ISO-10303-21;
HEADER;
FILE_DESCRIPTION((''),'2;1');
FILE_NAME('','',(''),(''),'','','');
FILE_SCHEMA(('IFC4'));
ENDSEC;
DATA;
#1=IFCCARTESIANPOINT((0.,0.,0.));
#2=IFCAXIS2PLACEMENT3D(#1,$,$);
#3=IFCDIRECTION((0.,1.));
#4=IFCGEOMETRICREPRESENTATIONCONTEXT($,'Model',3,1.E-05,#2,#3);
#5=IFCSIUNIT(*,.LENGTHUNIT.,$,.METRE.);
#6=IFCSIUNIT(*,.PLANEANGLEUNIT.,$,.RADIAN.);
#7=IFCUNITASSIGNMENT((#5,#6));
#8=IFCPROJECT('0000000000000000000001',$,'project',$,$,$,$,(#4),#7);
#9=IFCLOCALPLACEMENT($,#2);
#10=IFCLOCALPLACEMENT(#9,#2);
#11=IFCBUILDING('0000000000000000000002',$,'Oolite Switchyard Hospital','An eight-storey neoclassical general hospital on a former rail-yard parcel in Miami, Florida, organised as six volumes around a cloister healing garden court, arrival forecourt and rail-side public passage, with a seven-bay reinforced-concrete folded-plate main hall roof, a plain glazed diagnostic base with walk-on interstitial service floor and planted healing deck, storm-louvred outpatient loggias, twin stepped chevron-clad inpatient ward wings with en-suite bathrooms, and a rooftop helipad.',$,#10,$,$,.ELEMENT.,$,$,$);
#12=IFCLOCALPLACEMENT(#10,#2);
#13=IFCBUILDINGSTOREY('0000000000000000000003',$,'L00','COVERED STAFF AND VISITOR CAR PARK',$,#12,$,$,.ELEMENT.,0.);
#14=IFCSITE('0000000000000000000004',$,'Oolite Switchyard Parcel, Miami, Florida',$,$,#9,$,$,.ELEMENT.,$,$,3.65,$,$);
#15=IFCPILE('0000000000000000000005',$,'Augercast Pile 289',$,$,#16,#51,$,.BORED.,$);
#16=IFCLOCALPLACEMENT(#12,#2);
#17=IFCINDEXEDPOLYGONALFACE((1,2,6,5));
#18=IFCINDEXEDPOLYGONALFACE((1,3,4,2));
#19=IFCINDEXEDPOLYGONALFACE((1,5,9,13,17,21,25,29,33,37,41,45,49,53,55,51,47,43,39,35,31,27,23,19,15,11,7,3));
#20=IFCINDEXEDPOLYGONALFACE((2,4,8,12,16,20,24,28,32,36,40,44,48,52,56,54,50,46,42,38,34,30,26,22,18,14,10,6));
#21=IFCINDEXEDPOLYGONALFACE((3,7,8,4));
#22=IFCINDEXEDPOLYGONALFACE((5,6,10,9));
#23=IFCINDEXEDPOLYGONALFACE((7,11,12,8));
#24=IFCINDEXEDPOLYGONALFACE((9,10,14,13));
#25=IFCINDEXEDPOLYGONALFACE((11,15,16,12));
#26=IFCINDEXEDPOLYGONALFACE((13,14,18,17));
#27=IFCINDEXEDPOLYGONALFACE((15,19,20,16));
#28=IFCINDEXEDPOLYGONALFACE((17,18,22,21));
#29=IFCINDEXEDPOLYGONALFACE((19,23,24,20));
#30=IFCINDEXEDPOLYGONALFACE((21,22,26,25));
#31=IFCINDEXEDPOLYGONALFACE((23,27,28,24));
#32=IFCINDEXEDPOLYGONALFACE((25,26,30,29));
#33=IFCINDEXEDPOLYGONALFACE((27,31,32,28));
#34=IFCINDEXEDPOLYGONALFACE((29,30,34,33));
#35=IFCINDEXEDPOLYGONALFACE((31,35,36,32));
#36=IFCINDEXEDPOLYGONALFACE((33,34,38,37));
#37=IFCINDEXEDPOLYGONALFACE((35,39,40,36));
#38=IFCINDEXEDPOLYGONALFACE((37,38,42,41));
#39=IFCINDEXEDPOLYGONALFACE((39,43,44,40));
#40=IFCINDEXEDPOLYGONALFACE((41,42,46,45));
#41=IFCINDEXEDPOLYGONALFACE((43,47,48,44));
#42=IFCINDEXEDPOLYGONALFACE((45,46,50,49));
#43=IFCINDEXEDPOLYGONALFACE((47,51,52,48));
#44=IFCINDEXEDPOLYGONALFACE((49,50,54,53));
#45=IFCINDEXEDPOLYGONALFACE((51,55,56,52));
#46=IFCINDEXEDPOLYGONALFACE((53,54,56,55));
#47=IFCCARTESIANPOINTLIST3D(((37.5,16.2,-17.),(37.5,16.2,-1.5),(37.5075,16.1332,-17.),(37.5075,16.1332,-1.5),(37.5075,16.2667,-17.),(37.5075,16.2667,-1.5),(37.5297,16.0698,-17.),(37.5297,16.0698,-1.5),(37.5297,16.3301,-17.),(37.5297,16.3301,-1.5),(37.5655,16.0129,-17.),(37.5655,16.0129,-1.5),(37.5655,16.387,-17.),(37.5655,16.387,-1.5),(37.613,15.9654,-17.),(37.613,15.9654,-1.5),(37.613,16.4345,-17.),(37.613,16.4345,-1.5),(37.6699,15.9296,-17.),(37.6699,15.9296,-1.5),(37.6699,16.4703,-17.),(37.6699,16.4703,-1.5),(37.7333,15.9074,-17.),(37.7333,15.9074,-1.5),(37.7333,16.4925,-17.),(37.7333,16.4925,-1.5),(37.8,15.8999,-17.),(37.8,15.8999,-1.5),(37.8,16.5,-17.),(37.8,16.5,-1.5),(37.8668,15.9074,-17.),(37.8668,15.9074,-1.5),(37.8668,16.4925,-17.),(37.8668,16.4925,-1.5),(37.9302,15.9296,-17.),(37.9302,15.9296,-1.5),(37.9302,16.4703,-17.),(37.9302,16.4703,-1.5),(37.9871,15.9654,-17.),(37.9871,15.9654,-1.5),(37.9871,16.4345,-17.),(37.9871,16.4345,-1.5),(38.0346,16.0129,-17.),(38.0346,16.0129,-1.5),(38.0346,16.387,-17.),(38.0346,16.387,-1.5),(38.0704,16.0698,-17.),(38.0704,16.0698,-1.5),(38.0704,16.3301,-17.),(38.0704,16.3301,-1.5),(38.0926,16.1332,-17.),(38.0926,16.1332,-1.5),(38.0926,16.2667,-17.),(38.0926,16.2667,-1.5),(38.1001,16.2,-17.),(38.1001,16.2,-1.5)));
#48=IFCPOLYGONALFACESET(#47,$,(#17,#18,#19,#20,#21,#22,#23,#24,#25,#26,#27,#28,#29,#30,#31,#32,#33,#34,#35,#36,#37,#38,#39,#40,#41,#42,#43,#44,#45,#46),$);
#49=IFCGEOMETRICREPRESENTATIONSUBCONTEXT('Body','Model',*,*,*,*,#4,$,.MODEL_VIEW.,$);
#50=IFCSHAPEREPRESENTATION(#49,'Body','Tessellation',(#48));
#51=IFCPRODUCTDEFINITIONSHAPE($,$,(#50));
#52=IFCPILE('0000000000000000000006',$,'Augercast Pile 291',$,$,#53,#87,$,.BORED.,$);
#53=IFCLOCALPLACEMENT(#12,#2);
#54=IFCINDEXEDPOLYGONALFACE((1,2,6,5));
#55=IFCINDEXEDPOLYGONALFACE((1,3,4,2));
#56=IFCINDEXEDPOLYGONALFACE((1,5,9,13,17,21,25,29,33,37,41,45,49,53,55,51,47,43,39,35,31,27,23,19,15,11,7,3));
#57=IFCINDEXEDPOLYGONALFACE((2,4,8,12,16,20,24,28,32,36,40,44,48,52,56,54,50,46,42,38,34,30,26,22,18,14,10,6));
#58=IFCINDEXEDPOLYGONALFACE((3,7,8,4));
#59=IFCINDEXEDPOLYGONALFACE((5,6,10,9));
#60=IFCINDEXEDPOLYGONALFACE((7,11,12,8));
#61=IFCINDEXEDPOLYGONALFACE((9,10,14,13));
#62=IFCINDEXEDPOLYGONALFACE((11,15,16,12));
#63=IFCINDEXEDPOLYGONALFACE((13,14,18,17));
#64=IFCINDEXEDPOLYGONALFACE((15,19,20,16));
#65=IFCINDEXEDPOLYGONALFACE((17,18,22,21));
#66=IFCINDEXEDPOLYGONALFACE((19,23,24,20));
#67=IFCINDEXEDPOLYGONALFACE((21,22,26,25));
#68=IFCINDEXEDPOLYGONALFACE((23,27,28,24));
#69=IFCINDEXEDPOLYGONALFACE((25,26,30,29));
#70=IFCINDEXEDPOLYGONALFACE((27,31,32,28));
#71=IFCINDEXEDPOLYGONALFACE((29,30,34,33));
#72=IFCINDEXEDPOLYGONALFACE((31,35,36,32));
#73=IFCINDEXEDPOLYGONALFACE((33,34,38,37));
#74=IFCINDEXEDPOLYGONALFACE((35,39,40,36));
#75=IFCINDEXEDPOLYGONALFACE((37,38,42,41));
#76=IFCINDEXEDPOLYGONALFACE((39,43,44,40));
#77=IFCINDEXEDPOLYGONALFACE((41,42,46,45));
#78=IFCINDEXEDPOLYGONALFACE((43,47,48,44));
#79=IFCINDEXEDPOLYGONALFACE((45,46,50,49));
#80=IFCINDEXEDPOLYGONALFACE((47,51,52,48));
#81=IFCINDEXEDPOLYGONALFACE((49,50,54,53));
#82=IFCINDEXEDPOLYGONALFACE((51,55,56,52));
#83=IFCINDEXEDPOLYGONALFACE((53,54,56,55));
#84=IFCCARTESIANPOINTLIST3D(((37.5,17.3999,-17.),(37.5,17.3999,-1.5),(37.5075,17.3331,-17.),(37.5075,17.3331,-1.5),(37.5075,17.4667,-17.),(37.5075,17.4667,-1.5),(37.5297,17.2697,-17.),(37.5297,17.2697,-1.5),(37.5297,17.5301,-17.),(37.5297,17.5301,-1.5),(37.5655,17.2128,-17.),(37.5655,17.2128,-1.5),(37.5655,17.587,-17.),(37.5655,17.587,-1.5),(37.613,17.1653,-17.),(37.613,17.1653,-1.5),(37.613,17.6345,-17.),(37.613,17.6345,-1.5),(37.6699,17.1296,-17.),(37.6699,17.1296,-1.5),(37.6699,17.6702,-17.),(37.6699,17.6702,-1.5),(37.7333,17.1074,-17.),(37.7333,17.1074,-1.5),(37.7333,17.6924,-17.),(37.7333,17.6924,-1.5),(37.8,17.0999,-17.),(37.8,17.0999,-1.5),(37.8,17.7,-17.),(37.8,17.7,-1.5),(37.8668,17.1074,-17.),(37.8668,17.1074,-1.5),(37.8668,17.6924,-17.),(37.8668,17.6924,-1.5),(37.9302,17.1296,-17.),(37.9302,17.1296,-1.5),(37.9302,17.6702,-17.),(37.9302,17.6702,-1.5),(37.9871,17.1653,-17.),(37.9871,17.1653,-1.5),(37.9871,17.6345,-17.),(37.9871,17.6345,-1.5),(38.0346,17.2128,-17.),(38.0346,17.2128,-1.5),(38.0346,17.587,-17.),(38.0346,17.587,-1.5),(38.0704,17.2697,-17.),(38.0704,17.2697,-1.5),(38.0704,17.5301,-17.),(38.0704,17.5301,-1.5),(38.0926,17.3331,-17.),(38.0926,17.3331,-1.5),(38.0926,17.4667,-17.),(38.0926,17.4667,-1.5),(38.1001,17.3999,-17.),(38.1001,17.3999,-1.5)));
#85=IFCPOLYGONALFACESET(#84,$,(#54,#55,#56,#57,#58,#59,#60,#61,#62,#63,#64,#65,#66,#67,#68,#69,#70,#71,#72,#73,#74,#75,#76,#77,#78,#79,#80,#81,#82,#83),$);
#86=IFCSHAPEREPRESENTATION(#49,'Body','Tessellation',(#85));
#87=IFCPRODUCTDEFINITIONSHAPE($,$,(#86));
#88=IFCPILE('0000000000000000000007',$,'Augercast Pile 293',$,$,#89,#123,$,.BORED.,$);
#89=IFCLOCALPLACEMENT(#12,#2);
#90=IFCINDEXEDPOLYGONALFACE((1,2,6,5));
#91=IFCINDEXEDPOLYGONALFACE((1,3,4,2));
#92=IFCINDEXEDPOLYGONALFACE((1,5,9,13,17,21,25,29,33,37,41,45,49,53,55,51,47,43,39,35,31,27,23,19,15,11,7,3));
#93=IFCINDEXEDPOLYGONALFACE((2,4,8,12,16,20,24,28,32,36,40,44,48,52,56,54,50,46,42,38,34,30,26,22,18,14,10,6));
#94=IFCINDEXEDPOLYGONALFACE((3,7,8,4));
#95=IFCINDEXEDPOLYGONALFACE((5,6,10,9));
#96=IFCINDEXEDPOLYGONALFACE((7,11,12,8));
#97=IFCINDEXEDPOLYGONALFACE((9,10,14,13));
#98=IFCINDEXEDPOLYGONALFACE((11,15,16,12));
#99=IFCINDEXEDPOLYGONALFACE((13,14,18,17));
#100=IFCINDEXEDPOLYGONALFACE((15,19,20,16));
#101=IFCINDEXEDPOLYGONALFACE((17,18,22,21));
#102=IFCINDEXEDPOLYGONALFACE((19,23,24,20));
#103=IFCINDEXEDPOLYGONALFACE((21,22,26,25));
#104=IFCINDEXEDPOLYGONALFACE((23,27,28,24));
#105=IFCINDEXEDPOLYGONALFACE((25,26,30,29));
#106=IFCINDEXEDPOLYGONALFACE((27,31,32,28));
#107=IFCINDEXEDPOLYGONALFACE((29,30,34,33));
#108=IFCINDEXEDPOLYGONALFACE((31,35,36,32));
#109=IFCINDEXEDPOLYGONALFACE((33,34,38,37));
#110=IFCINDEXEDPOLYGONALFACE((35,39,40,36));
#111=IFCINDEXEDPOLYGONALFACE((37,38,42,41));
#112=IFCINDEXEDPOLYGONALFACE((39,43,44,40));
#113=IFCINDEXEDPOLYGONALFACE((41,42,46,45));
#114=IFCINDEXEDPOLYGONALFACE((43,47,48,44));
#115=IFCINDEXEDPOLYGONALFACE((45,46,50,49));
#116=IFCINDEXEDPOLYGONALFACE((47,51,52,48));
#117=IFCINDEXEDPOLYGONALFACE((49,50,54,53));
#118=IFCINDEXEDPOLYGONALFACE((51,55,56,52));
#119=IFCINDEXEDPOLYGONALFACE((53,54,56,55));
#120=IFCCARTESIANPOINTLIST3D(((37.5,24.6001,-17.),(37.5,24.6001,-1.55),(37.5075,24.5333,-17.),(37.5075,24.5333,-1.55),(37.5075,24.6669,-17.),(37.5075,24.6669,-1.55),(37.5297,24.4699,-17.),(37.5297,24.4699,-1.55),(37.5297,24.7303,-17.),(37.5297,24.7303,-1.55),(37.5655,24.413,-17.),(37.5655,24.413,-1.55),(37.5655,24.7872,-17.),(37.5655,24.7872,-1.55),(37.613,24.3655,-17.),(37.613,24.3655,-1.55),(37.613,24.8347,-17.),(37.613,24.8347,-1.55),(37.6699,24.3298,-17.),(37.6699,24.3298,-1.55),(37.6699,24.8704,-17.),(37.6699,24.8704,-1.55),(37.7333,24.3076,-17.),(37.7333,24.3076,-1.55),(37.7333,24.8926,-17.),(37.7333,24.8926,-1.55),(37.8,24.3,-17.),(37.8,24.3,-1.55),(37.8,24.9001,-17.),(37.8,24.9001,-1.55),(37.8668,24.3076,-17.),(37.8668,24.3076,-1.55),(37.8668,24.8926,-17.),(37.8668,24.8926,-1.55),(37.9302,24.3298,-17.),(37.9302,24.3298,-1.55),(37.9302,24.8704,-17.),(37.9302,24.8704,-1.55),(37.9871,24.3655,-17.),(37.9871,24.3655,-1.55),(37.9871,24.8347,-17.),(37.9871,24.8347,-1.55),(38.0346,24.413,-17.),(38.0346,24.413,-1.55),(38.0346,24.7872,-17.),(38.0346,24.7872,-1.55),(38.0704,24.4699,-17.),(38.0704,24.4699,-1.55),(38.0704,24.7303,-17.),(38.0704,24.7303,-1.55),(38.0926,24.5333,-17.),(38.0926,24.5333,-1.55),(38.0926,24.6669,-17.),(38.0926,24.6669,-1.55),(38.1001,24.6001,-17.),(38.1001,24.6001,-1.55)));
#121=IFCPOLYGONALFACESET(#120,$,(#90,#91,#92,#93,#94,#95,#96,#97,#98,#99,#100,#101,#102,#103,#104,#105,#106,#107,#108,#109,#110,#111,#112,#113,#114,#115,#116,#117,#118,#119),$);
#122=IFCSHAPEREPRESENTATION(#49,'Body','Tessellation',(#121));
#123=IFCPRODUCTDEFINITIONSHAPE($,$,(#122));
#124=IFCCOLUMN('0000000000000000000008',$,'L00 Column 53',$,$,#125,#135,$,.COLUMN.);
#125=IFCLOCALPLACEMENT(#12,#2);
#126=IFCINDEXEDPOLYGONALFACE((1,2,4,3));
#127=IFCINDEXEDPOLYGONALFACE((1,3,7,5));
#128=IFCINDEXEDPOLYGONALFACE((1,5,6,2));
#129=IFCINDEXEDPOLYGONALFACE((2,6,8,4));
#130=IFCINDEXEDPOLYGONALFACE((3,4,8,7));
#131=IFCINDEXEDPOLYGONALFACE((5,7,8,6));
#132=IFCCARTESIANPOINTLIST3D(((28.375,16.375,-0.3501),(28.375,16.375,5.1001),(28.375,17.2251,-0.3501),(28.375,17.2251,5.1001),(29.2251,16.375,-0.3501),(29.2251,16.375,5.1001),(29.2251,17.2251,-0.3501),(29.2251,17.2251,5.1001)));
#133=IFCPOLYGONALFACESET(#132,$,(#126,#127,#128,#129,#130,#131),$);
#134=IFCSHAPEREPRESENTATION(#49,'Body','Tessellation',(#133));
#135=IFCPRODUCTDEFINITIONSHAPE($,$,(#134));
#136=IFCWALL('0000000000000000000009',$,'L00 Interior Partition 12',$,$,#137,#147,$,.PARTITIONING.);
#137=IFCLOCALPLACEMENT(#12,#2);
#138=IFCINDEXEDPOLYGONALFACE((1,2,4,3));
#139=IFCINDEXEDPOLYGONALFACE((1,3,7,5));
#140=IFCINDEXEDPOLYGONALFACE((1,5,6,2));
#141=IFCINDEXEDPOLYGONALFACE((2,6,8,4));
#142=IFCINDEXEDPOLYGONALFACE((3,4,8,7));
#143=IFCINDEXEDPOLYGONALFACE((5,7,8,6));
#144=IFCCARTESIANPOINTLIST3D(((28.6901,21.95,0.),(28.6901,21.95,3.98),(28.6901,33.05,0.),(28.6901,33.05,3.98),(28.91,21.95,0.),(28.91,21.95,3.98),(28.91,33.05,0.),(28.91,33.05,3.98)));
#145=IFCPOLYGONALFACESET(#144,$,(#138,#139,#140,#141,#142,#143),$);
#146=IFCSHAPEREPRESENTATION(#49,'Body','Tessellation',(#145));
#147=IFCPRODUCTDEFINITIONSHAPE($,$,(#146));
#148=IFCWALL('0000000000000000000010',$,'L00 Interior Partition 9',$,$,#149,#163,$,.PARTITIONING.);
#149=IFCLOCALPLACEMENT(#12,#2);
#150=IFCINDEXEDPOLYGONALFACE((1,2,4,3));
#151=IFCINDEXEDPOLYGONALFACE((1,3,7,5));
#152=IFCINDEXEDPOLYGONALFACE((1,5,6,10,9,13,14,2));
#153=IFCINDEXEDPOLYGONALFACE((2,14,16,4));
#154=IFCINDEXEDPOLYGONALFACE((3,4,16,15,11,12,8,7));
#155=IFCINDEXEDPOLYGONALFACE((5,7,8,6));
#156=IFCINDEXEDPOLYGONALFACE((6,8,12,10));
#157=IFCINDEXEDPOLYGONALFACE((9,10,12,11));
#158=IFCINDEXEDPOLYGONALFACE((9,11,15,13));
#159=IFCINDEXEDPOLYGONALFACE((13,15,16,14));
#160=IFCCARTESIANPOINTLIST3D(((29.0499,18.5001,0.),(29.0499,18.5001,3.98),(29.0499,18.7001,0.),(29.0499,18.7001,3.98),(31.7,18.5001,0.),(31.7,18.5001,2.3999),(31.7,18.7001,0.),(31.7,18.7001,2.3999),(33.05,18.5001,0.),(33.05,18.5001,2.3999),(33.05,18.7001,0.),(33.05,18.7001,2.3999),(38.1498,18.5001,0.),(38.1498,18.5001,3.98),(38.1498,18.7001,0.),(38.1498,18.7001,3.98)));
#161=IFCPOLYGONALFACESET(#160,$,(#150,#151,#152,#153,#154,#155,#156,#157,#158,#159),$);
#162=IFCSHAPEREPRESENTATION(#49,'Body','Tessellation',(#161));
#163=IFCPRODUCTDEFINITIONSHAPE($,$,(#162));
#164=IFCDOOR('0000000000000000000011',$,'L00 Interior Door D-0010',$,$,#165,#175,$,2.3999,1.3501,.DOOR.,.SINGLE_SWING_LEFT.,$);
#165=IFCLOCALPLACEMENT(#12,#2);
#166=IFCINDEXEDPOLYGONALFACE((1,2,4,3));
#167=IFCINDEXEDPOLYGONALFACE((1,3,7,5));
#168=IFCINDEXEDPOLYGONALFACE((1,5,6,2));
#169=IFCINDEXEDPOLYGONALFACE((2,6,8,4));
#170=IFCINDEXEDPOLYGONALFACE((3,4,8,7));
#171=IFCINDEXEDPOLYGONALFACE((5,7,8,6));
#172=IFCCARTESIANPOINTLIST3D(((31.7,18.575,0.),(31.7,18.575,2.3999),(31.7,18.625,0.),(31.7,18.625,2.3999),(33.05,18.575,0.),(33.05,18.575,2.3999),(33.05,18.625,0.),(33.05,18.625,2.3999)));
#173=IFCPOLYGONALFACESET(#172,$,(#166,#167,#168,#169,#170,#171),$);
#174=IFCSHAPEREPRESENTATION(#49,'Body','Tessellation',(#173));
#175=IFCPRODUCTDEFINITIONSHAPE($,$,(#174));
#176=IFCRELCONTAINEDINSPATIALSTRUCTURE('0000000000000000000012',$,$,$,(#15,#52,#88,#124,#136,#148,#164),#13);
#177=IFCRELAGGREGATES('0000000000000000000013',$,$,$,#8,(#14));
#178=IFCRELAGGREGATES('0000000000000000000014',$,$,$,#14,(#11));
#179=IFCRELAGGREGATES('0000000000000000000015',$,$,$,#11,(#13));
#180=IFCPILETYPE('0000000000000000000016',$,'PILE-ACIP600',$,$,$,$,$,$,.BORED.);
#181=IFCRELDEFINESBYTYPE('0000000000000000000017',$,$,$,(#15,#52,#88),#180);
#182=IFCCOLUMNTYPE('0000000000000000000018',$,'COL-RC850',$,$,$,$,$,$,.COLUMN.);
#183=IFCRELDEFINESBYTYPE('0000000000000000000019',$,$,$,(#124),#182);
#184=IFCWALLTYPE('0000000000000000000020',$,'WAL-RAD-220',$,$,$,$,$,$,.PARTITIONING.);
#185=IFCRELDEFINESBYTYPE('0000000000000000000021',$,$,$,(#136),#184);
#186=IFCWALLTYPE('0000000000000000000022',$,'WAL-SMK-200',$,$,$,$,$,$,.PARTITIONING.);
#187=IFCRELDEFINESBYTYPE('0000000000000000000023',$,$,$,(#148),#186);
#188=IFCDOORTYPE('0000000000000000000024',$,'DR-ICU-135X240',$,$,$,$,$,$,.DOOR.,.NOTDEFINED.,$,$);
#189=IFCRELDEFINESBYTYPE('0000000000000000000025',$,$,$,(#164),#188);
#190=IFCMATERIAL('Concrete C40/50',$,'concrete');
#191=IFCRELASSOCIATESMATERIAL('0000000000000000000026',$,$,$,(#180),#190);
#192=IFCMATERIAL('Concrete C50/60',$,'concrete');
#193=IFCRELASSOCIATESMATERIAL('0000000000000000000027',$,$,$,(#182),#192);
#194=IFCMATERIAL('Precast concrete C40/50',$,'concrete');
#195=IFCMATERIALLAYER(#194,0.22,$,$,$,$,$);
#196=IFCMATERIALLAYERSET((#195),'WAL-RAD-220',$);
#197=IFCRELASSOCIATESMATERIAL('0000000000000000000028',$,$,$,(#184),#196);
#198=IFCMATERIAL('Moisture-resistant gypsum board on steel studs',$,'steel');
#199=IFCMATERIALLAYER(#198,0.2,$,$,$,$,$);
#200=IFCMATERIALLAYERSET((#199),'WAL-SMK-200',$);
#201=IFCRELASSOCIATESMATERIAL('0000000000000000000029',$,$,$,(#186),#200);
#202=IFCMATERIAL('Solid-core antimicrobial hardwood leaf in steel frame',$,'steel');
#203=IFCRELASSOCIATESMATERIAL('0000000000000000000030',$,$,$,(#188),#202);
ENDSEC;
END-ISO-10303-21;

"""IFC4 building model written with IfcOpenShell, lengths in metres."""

from ifc_helpers import new_model, si_unit, direction, frame, frame_2d, origin, origin_2d, place, context, subcontext, project, spatial, rectangle, circle, extrude, material, layer, layer_set, material_profile, profile_set, type_object, element, fill, save


model = new_model("IFC4")

# Units and contexts
model_context = context("Model", 3, precision=1e-05, world=origin(), true_north=direction((0.0, 1.0)))
body_context = subcontext(model_context, "Body", "Model", "MODEL_VIEW")
ifc_project = project(units=[si_unit("LENGTHUNIT", "METRE"), si_unit("PLANEANGLEUNIT", "RADIAN")], contexts=[model_context])

# Site, building, storey
site_placement = place(None, origin())
site = spatial("IfcSite", under=ifc_project, at=site_placement, Name="Oolite Switchyard Parcel, Miami, Florida", CompositionType="ELEMENT", RefElevation=3.65)
building_placement = place(site_placement, origin())
building = spatial("IfcBuilding", under=site, at=building_placement, Name="Oolite Switchyard Hospital", Description="An eight-storey neoclassical general hospital on a former rail-yard parcel in Miami, Florida, organised as six volumes around a cloister healing garden court, arrival forecourt and rail-side public passage, with a seven-bay reinforced-concrete folded-plate main hall roof, a plain glazed diagnostic base with walk-on interstitial service floor and planted healing deck, storm-louvred outpatient loggias, twin stepped chevron-clad inpatient ward wings with en-suite bathrooms, and a rooftop helipad.", CompositionType="ELEMENT")
storey_placement = place(building_placement, origin())
storey = spatial("IfcBuildingStorey", under=building, at=storey_placement, Name="L00", Description="COVERED STAFF AND VISITOR CAR PARK", CompositionType="ELEMENT", Elevation=0.0)

# Shared definitions
ifc_material_1 = material(Name="Concrete C40/50", Category="concrete")

# Piles
ifc_material_profile_1 = material_profile(ifc_material_1, circle(Radius=0.3, at=origin_2d()), Name="PILE600")
ifc_profile_set_1 = profile_set([ifc_material_profile_1], Name="Concrete C40/50")
pile_type = type_object("IfcPileType", Name="PILE-ACIP600", PredefinedType="BORED", material=ifc_profile_set_1)
for number, where, z_axis, x_axis, name in (
    (1, (37.8, 16.2, -1.5), (0.0, 0.0, -1.0), (1.0, 0.0, 0.0), "Augercast Pile 289"),
    (2, (37.8, 17.3999, -1.5), (0.0, 0.0, -1.0), (1.0, 0.0, 0.0), "Augercast Pile 291"),
):
    element("IfcPile", number, at=place(storey_placement, frame(where, z_axis=z_axis, x_axis=x_axis)), inside=storey, type_object=pile_type, Name=name, PredefinedType="BORED", context=body_context, shape_type="SweptSolid", body=[
        extrude(circle(Radius=0.3, at=origin_2d()), origin(), (0.0, 0.0, 1.0), 15.5),
    ])
pile_1_placement = place(storey_placement, frame((37.8, 24.6001, -1.55), z_axis=(0.0, 0.0, -1.0), x_axis=(1.0, 0.0, 0.0)))
element("IfcPile", 3, at=pile_1_placement, inside=storey, type_object=pile_type, Name="Augercast Pile 293", PredefinedType="BORED", context=body_context, shape_type="SweptSolid", body=[
    extrude(circle(Radius=0.3, at=origin_2d()), origin(), (0.0, 0.0, 1.0), 15.45),
])

# Column
ifc_material_2 = material(Name="Concrete C50/60", Category="concrete")
ifc_material_profile_2 = material_profile(ifc_material_2, rectangle(XDim=0.8501, YDim=0.8501, at=origin_2d()), Name="RC850X850")
ifc_profile_set_2 = profile_set([ifc_material_profile_2], Name="Concrete C50/60")
column_type = type_object("IfcColumnType", Name="COL-RC850", PredefinedType="COLUMN", material=ifc_profile_set_2)
column_placement = place(storey_placement, frame((28.8, 16.8, -0.3501), z_axis=(0.0, 0.0, 1.0), x_axis=(1.0, 0.0, 0.0)))
element("IfcColumn", 4, at=column_placement, inside=storey, type_object=column_type, Name="L00 Column 53", PredefinedType="COLUMN", context=body_context, shape_type="SweptSolid", body=[
    extrude(rectangle(XDim=0.8501, YDim=0.8501, at=origin_2d()), origin(), (0.0, 0.0, 1.0), 5.4502),
])

# Wall
ifc_material_3 = material(Name="Precast concrete C40/50", Category="concrete")
ifc_layer_1 = layer(ifc_material_3, 0.22)
ifc_layer_set_1 = layer_set([ifc_layer_1], Name="WAL-RAD-220")
wall_type_1 = type_object("IfcWallType", Name="WAL-RAD-220", PredefinedType="PARTITIONING", material=ifc_layer_set_1)
wall_1_placement = place(storey_placement, frame((28.8, 21.95, 0.0), z_axis=(0.0, 0.0, 1.0), x_axis=(0.0, 1.0, 0.0)))
element("IfcWall", 5, at=wall_1_placement, inside=storey, type_object=wall_type_1, Name="L00 Interior Partition 12", PredefinedType="PARTITIONING", context=body_context, shape_type="SweptSolid", body=[
    extrude(rectangle(XDim=11.1001, YDim=0.22, at=frame_2d((5.55, 0.0))), origin(), (0.0, 0.0, 1.0), 3.98),
])

# Wall, opening, door
ifc_material_4 = material(Name="Moisture-resistant gypsum board on steel studs", Category="steel")
ifc_layer_2 = layer(ifc_material_4, 0.2)
ifc_layer_set_2 = layer_set([ifc_layer_2], Name="WAL-SMK-200")
wall_type_2 = type_object("IfcWallType", Name="WAL-SMK-200", PredefinedType="PARTITIONING", material=ifc_layer_set_2)
wall_2_placement = place(storey_placement, frame((29.05, 18.6001, 0.0), z_axis=(0.0, 0.0, 1.0), x_axis=(1.0, 0.0, 0.0)))
wall_2 = element("IfcWall", 6, at=wall_2_placement, inside=storey, type_object=wall_type_2, Name="L00 Interior Partition 9", PredefinedType="PARTITIONING", context=body_context, shape_type="SweptSolid", body=[
    extrude(rectangle(XDim=9.0999, YDim=0.2, at=frame_2d((4.5498, 0.0))), origin(), (0.0, 0.0, 1.0), 3.98),
])
opening_1_placement = place(wall_2_placement, frame((2.6499, 0.0, 0.0)))
opening_1 = element("IfcOpeningElement", 7, at=opening_1_placement, cuts=wall_2, PredefinedType="OPENING", context=body_context, shape_type="SweptSolid", body=[
    extrude(rectangle(XDim=1.3501, YDim=2.3999, at=frame_2d((0.675, 1.2))), frame((0.0, 0.1099, 0.0), z_axis=(0.0, -1.0, 0.0), x_axis=(1.0, 0.0, 0.0)), (0.0, 0.0, 1.0), 0.22),
])
ifc_material_5 = material(Name="Solid-core antimicrobial hardwood leaf in steel frame", Category="steel")
door_type_1 = type_object("IfcDoorType", Name="DR-ICU-135X240", OperationType="NOTDEFINED", PredefinedType="DOOR", material=ifc_material_5)
door_1_placement = place(opening_1_placement, origin())
door_1 = element("IfcDoor", 8, at=door_1_placement, inside=storey, type_object=door_type_1, Name="L00 Interior Door D-0010", OperationType="SINGLE_SWING_LEFT", OverallHeight=2.3999, OverallWidth=1.3501, PredefinedType="DOOR", context=body_context, shape_type="SweptSolid", body=[
    extrude(rectangle(XDim=1.3501, YDim=2.3999, at=frame_2d((0.675, 1.2))), frame((0.0, 0.0249, 0.0), z_axis=(0.0, -1.0, 0.0), x_axis=(1.0, 0.0, 0.0)), (0.0, 0.0, 1.0), 0.05),
])
fill(opening_1, door_1)

save(model, "model.ifc")
